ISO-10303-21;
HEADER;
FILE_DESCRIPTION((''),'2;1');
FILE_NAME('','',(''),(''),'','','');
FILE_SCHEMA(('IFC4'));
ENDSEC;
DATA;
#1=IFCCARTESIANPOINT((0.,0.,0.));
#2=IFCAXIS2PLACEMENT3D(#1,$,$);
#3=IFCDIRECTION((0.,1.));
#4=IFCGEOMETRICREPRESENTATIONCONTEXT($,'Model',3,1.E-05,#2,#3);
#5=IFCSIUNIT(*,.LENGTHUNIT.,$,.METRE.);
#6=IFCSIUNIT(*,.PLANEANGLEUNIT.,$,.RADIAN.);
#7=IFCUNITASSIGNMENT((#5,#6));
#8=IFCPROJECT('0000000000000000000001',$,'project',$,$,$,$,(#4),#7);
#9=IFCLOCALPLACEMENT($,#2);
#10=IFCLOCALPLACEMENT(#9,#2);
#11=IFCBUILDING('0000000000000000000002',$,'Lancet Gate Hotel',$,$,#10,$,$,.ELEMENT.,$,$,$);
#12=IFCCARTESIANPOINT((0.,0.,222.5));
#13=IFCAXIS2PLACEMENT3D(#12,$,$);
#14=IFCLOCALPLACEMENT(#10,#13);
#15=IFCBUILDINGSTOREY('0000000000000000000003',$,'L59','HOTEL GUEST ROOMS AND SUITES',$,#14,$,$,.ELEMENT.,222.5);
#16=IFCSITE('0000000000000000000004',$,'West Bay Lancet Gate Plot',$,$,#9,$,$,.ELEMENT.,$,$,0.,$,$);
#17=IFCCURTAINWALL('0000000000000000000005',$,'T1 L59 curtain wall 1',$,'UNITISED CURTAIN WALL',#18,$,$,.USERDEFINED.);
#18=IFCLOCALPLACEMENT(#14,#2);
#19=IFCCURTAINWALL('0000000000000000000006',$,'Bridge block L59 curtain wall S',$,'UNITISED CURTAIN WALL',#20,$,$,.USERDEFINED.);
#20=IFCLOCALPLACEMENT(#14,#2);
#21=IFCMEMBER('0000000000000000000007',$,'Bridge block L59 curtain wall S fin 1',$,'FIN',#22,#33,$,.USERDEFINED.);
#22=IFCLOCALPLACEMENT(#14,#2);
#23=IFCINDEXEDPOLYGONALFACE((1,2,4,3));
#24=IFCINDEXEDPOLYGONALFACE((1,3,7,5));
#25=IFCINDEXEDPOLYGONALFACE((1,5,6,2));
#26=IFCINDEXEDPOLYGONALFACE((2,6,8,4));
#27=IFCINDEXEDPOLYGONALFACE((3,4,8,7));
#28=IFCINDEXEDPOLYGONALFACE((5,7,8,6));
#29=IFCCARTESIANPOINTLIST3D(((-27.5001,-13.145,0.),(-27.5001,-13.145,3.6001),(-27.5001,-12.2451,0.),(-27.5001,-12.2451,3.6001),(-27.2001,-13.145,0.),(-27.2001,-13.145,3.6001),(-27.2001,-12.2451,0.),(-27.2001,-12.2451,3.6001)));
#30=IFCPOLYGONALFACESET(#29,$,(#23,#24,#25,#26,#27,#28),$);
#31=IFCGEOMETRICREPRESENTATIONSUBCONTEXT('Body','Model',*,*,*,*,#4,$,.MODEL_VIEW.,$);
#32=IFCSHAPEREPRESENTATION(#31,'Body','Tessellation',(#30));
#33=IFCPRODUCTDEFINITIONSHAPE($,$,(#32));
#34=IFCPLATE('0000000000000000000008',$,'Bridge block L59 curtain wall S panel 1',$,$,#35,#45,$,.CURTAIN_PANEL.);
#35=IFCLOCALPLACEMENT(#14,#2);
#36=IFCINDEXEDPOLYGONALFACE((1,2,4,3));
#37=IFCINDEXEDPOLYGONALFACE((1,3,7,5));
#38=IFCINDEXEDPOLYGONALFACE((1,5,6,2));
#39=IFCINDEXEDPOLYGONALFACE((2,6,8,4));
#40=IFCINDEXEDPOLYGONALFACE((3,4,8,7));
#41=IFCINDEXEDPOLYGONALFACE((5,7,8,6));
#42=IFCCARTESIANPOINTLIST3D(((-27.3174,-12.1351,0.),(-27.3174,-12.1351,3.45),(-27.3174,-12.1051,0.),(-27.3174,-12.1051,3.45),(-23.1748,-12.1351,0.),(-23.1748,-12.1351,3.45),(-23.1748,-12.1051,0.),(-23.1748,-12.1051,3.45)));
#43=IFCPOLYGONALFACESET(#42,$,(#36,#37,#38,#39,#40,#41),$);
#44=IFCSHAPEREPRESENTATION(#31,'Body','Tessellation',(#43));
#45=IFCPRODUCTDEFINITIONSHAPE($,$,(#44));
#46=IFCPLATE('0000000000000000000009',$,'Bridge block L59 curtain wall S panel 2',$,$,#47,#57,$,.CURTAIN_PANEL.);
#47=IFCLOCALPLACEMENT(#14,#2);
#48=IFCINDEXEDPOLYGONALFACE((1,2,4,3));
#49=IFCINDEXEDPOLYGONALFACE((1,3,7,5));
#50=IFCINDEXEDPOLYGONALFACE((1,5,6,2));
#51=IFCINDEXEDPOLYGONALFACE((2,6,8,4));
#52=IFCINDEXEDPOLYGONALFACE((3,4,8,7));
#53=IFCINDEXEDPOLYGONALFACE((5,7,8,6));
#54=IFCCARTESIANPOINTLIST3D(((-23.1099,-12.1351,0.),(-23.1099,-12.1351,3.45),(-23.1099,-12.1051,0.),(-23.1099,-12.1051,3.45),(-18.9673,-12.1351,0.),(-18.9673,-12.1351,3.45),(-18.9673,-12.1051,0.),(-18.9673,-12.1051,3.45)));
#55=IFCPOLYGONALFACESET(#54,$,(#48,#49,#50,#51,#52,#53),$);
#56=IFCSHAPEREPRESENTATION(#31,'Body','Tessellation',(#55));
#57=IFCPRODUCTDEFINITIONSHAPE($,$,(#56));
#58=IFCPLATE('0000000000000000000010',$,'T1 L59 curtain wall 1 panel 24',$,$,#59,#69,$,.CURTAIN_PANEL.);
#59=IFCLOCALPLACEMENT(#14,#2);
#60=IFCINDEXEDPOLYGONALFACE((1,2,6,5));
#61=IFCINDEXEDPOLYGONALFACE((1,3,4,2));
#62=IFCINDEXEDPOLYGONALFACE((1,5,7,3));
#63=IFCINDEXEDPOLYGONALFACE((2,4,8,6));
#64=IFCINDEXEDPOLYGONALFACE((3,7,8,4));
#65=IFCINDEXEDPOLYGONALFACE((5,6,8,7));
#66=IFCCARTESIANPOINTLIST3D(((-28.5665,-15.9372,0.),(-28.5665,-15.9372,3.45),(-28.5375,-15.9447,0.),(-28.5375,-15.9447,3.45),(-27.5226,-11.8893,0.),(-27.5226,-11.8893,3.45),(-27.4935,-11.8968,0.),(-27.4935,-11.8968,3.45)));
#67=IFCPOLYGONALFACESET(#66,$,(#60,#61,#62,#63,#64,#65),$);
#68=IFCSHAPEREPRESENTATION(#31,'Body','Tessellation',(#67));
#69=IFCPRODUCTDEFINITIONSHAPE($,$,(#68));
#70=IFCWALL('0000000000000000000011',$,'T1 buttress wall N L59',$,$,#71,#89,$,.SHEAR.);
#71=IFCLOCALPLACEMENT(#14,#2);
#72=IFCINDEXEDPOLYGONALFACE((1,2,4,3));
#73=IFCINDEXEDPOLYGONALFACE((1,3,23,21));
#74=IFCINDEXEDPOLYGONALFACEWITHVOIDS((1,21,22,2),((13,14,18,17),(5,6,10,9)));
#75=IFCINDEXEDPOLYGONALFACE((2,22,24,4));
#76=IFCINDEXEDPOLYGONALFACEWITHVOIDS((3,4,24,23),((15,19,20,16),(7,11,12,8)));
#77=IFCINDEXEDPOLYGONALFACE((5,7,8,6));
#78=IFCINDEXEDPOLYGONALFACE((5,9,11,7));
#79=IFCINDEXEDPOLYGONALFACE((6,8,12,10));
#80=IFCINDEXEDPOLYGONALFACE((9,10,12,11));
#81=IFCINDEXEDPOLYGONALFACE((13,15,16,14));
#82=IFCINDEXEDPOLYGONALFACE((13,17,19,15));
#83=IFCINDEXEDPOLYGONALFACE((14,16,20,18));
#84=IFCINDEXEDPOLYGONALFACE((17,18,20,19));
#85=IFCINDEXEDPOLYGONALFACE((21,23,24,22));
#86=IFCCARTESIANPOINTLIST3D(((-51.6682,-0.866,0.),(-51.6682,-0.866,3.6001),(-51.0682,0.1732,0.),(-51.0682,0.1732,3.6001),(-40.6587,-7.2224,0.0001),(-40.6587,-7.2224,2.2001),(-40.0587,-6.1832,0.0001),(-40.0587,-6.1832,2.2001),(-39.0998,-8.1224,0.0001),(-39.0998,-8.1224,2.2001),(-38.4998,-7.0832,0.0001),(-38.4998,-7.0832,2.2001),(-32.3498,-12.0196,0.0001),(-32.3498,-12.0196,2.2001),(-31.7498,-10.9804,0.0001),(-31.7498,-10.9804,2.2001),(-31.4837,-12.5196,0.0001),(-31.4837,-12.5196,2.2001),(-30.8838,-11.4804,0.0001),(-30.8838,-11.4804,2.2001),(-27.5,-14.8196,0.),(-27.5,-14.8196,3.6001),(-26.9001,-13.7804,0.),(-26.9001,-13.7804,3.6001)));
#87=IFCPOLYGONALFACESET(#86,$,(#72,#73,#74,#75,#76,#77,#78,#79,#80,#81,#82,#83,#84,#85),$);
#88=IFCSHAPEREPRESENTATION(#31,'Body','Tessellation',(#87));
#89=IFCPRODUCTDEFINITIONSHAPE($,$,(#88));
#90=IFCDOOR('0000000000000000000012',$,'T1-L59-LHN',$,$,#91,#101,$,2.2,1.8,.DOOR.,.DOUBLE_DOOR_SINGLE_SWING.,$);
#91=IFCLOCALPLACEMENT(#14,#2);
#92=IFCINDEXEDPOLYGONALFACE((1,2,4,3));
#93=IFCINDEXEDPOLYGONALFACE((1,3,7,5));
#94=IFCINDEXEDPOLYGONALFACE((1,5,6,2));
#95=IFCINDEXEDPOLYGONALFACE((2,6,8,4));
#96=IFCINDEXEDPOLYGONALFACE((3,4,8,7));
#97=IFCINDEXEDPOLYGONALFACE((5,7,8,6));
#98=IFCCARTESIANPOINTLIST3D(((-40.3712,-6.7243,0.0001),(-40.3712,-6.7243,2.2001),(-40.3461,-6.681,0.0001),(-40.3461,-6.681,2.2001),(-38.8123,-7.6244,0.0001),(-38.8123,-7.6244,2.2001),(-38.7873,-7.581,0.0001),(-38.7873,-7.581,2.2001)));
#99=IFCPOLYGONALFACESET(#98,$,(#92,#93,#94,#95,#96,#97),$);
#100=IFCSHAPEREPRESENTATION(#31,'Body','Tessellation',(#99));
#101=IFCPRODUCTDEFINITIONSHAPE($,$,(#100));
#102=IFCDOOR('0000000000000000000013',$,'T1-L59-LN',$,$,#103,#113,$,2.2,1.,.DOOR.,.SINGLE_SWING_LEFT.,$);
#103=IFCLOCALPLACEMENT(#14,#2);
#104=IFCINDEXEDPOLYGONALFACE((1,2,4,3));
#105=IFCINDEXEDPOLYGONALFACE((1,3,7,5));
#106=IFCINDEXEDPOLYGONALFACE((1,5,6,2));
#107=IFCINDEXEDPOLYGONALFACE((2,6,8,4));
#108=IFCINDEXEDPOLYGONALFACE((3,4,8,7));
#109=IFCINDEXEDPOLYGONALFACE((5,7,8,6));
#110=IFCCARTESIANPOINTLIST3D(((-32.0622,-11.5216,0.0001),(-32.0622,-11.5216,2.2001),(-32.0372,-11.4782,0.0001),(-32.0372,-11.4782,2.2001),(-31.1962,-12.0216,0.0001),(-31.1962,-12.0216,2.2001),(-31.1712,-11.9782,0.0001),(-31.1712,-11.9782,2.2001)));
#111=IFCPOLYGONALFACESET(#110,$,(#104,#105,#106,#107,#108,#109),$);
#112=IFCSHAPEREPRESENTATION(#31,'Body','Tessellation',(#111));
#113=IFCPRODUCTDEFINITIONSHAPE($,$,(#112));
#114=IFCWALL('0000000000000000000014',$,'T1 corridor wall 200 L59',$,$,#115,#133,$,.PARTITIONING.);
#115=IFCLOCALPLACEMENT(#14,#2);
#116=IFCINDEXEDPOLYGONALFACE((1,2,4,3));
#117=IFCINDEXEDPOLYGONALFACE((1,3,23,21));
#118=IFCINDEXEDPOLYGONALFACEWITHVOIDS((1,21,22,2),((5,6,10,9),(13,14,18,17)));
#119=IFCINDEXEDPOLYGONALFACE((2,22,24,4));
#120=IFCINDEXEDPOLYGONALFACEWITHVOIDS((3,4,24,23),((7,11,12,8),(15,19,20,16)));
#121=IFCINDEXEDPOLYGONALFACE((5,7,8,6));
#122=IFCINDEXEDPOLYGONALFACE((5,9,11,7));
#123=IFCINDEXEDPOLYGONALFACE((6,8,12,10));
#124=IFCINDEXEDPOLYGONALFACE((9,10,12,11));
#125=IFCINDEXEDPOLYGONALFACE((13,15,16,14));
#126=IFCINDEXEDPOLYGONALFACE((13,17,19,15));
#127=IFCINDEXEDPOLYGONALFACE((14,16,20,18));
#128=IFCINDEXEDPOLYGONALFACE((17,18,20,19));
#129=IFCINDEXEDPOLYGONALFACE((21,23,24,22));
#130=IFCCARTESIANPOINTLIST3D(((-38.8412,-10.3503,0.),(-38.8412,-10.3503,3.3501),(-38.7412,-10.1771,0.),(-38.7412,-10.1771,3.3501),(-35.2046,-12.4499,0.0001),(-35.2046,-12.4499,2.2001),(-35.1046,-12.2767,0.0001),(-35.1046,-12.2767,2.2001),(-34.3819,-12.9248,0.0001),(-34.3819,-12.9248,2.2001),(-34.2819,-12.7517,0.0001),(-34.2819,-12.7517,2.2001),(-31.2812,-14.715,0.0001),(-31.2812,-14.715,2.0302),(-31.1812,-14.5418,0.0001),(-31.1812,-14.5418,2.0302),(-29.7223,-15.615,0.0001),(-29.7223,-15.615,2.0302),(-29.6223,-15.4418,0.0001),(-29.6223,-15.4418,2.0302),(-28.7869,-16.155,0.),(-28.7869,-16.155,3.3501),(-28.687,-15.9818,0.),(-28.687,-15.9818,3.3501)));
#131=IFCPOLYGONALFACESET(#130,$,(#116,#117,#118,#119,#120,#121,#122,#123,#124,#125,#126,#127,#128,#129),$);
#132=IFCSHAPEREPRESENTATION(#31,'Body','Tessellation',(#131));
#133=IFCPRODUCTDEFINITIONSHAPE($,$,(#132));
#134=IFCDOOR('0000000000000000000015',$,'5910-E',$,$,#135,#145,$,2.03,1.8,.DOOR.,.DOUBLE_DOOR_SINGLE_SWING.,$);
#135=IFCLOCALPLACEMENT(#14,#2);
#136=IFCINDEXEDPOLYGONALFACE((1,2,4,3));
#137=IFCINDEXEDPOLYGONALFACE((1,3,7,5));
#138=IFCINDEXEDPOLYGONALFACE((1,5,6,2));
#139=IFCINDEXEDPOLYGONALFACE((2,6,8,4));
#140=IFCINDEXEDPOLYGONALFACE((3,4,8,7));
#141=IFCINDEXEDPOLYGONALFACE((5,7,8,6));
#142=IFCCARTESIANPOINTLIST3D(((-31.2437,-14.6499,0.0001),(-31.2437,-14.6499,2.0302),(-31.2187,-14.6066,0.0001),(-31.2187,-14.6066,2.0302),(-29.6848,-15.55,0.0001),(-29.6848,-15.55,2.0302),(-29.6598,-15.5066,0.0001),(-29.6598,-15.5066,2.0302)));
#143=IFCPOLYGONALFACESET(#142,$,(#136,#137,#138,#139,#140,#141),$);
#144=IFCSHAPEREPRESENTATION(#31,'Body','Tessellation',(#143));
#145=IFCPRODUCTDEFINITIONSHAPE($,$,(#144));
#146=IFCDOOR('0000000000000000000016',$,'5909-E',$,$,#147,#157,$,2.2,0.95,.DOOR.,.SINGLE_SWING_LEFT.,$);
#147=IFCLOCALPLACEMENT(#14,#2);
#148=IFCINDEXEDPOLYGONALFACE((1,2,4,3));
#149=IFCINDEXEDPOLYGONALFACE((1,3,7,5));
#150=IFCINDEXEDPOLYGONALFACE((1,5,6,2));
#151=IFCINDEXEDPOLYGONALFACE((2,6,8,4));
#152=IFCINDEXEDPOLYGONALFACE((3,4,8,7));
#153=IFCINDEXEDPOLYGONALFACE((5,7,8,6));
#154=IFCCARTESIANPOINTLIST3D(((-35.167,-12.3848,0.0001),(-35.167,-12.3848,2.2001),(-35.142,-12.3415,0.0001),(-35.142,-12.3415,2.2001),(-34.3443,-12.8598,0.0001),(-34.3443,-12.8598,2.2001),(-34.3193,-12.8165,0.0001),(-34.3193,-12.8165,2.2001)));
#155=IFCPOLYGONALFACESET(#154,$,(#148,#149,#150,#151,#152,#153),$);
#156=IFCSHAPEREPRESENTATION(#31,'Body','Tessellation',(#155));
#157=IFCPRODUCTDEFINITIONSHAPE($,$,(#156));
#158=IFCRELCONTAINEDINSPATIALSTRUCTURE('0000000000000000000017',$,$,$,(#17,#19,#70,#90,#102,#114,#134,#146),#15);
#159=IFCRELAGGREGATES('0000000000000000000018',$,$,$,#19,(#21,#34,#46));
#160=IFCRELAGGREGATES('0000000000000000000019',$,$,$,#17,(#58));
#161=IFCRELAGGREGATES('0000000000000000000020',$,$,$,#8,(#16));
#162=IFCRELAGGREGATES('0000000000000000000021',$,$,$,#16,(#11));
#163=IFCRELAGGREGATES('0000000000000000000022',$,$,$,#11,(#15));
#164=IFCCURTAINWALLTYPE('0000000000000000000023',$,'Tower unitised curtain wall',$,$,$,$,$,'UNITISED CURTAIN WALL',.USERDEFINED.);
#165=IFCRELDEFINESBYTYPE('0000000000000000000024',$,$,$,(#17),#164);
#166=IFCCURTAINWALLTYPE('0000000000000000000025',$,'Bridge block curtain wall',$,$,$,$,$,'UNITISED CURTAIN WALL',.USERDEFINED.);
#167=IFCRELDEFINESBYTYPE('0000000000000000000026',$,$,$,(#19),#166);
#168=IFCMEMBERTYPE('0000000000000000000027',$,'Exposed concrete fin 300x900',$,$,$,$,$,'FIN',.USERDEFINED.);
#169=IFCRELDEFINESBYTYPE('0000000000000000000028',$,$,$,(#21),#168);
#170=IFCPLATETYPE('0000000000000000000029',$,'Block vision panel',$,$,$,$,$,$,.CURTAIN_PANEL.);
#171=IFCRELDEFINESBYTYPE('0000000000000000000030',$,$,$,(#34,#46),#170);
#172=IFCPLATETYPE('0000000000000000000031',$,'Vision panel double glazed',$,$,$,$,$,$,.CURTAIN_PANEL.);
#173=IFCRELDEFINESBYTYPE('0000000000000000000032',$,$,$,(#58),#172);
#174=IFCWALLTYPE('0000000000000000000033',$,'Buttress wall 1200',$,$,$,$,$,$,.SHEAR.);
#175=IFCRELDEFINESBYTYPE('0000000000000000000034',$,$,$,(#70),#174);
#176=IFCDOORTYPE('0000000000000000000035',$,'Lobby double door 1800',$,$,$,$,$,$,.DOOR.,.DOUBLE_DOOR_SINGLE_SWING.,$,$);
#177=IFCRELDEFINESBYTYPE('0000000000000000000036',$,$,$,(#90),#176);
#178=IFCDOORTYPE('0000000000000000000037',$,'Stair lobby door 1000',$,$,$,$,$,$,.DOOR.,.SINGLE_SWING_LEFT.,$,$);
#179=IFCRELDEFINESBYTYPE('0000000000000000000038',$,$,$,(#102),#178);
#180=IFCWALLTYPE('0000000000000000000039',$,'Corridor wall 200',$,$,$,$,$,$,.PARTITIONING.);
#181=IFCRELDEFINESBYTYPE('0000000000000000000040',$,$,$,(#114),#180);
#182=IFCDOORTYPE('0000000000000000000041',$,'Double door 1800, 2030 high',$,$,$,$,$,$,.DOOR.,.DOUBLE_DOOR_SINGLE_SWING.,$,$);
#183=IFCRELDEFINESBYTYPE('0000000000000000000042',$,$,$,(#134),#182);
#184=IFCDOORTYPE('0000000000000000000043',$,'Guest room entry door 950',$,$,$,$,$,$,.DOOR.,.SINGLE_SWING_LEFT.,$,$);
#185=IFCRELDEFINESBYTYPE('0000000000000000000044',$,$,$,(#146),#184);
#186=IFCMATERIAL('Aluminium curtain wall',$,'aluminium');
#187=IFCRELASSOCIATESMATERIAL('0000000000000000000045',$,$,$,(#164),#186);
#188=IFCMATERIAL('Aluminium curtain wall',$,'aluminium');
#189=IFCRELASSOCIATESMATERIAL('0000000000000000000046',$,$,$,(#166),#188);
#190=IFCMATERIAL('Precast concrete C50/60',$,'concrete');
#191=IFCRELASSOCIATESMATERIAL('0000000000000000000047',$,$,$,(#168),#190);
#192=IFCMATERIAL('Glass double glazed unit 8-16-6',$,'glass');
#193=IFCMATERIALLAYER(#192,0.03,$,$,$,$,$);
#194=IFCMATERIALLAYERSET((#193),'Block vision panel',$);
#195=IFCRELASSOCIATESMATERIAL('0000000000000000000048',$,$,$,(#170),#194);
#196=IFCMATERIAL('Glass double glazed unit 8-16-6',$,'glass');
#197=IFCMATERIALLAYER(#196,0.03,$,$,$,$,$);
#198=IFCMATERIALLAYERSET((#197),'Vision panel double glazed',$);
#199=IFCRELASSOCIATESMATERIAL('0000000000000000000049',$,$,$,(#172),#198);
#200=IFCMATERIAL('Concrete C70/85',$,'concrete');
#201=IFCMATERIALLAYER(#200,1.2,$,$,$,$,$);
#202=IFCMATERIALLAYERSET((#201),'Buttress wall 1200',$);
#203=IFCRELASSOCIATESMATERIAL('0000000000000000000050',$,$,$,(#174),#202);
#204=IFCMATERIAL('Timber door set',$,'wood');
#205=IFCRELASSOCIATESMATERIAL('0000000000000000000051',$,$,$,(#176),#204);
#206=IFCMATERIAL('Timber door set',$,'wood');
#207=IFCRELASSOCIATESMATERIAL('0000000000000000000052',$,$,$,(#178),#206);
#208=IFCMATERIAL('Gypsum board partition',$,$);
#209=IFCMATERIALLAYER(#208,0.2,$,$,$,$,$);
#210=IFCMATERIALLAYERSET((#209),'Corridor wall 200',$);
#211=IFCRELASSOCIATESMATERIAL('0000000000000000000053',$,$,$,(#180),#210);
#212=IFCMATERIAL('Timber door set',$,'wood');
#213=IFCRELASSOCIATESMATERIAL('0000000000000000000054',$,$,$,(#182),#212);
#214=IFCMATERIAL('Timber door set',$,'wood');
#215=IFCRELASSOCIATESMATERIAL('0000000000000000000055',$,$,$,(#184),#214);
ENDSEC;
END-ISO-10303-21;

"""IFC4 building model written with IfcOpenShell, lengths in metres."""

from ifc_helpers import new_model, si_unit, direction, frame, frame_2d, origin, origin_2d, place, context, subcontext, project, spatial, rectangle, extrude, material, layer, layer_set, material_profile, profile_set, type_object, element, fill, aggregate, save


model = new_model("IFC4")

# Units and contexts
model_context = context("Model", 3, precision=1e-05, world=origin(), true_north=direction((0.0, 1.0)))
body_context = subcontext(model_context, "Body", "Model", "MODEL_VIEW")
ifc_project = project(units=[si_unit("LENGTHUNIT", "METRE"), si_unit("PLANEANGLEUNIT", "RADIAN")], contexts=[model_context])

# Site, building, storey
site_placement = place(None, origin())
site = spatial("IfcSite", under=ifc_project, at=site_placement, Name="West Bay Lancet Gate Plot", CompositionType="ELEMENT", RefElevation=0.0)
building_placement = place(site_placement, origin())
building = spatial("IfcBuilding", under=site, at=building_placement, Name="Lancet Gate Hotel", CompositionType="ELEMENT")
storey_placement = place(building_placement, frame((0.0, 0.0, 222.5)))
storey = spatial("IfcBuildingStorey", under=building, at=storey_placement, Name="L59", Description="HOTEL GUEST ROOMS AND SUITES", CompositionType="ELEMENT", Elevation=222.5)

# Curtain walls
ifc_material_1 = material(Name="Aluminium curtain wall", Category="aluminium")
curtain_wall_type_1 = type_object("IfcCurtainWallType", Name="Tower unitised curtain wall", ElementType="UNITISED CURTAIN WALL", PredefinedType="USERDEFINED", material=ifc_material_1)
curtain_wall_1_placement = place(storey_placement, origin())
curtain_wall_1 = element("IfcCurtainWall", 1, at=curtain_wall_1_placement, inside=storey, type_object=curtain_wall_type_1, Name="T1 L59 curtain wall 1", ObjectType="UNITISED CURTAIN WALL", PredefinedType="USERDEFINED")
ifc_material_2 = material(Name="Aluminium curtain wall", Category="aluminium")
curtain_wall_type_2 = type_object("IfcCurtainWallType", Name="Bridge block curtain wall", ElementType="UNITISED CURTAIN WALL", PredefinedType="USERDEFINED", material=ifc_material_2)
curtain_wall_2_placement = place(storey_placement, origin())
curtain_wall_2 = element("IfcCurtainWall", 2, at=curtain_wall_2_placement, inside=storey, type_object=curtain_wall_type_2, Name="Bridge block L59 curtain wall S", ObjectType="UNITISED CURTAIN WALL", PredefinedType="USERDEFINED")

# Member
ifc_material_3 = material(Name="Precast concrete C50/60", Category="concrete")
ifc_material_profile_1 = material_profile(ifc_material_3, rectangle(XDim=0.3, YDim=0.8999, at=origin_2d()), Name="FIN 300x900")
ifc_profile_set_1 = profile_set([ifc_material_profile_1], Name="Precast concrete C50/60")
member_type_1 = type_object("IfcMemberType", Name="Exposed concrete fin 300x900", ElementType="FIN", PredefinedType="USERDEFINED", material=ifc_profile_set_1)
member_1_placement = place(storey_placement, frame((-27.3501, -12.6951, 0.0), z_axis=(0.0, 0.0, 1.0), x_axis=(1.0, 0.0, 0.0)))
member_1 = element("IfcMember", 3, at=member_1_placement, type_object=member_type_1, Name="Bridge block L59 curtain wall S fin 1", ObjectType="FIN", PredefinedType="USERDEFINED", context=body_context, shape_type="SweptSolid", body=[
    extrude(rectangle(XDim=0.3, YDim=0.8999, at=origin_2d()), origin(), (0.0, 0.0, 1.0), 3.6001),
])

# Plates
ifc_material_4 = material(Name="Glass double glazed unit 8-16-6", Category="glass")
ifc_layer_1 = layer(ifc_material_4, 0.03)
ifc_layer_set_1 = layer_set([ifc_layer_1], Name="Block vision panel")
plate_type_1 = type_object("IfcPlateType", Name="Block vision panel", PredefinedType="CURTAIN_PANEL", material=ifc_layer_set_1)
plate_1_placement = place(storey_placement, frame((-25.2461, -12.1201, 0.0), z_axis=(0.0, 0.0, 1.0), x_axis=(1.0, 0.0, 0.0)))
plate_1 = element("IfcPlate", 4, at=plate_1_placement, type_object=plate_type_1, Name="Bridge block L59 curtain wall S panel 1", PredefinedType="CURTAIN_PANEL", context=body_context, shape_type="SweptSolid", body=[
    extrude(rectangle(XDim=4.1426, YDim=0.03, at=origin_2d()), origin(), (0.0, 0.0, 1.0), 3.45),
])
plate_2_placement = place(storey_placement, frame((-21.0386, -12.1201, 0.0), z_axis=(0.0, 0.0, 1.0), x_axis=(1.0, 0.0, 0.0)))
plate_2 = element("IfcPlate", 5, at=plate_2_placement, type_object=plate_type_1, Name="Bridge block L59 curtain wall S panel 2", PredefinedType="CURTAIN_PANEL", context=body_context, shape_type="SweptSolid", body=[
    extrude(rectangle(XDim=4.1426, YDim=0.03, at=origin_2d()), origin(), (0.0, 0.0, 1.0), 3.45),
])
aggregate(curtain_wall_2, [member_1, plate_1, plate_2])
ifc_material_5 = material(Name="Glass double glazed unit 8-16-6", Category="glass")
ifc_layer_2 = layer(ifc_material_5, 0.03)
ifc_layer_set_2 = layer_set([ifc_layer_2], Name="Vision panel double glazed")
plate_type_2 = type_object("IfcPlateType", Name="Vision panel double glazed", PredefinedType="CURTAIN_PANEL", material=ifc_layer_set_2)
plate_3_placement = place(storey_placement, frame((-28.03, -13.917, 0.0), z_axis=(0.0, 0.0, 1.0), x_axis=(0.249726, 0.968317, 0.0)))
plate_3 = element("IfcPlate", 6, at=plate_3_placement, type_object=plate_type_2, Name="T1 L59 curtain wall 1 panel 24", PredefinedType="CURTAIN_PANEL", context=body_context, shape_type="SweptSolid", body=[
    extrude(rectangle(XDim=4.1804, YDim=0.03, at=origin_2d()), origin(), (0.0, 0.0, 1.0), 3.45),
])
aggregate(curtain_wall_1, [plate_3])

# Walls, openings, doors
ifc_material_6 = material(Name="Concrete C70/85", Category="concrete")
ifc_layer_3 = layer(ifc_material_6, 1.2)
ifc_layer_set_3 = layer_set([ifc_layer_3], Name="Buttress wall 1200")
wall_type_1 = type_object("IfcWallType", Name="Buttress wall 1200", PredefinedType="SHEAR", material=ifc_layer_set_3)
wall_1_placement = place(storey_placement, frame((-27.2, -14.3, 0.0), z_axis=(0.0, 0.0, 1.0), x_axis=(-0.866024, 0.500002, 0.0)))
wall_1 = element("IfcWall", 7, at=wall_1_placement, inside=storey, type_object=wall_type_1, Name="T1 buttress wall N L59", PredefinedType="SHEAR", context=body_context, shape_type="SweptSolid", body=[
    extrude(rectangle(XDim=27.907, YDim=1.2, at=frame_2d((13.9536, 0.0))), origin(), (0.0, 0.0, 1.0), 3.6001),
])
opening_1_placement = place(wall_1_placement, frame((4.6001, 0.0, 0.0)))
opening_1 = element("IfcOpeningElement", 8, at=opening_1_placement, cuts=wall_1, PredefinedType="OPENING", context=body_context, shape_type="SweptSolid", body=[
    extrude(rectangle(XDim=1.0, YDim=2.2, at=frame_2d((0.5, 1.1001))), frame((0.0, 0.6099, 0.0), z_axis=(0.0, -1.0, 0.0), x_axis=(1.0, 0.0, 0.0)), (0.0, 0.0, 1.0), 1.22),
])
opening_2_placement = place(wall_1_placement, frame((13.3945, 0.0, 0.0)))
opening_2 = element("IfcOpeningElement", 9, at=opening_2_placement, cuts=wall_1, PredefinedType="OPENING", context=body_context, shape_type="SweptSolid", body=[
    extrude(rectangle(XDim=1.8, YDim=2.2, at=frame_2d((0.8999, 1.1001))), frame((0.0, 0.6099, 0.0), z_axis=(0.0, -1.0, 0.0), x_axis=(1.0, 0.0, 0.0)), (0.0, 0.0, 1.0), 1.22),
])
ifc_material_7 = material(Name="Timber door set", Category="wood")
door_type_1 = type_object("IfcDoorType", Name="Lobby double door 1800", OperationType="DOUBLE_DOOR_SINGLE_SWING", PredefinedType="DOOR", material=ifc_material_7)
door_1_placement = place(opening_2_placement, origin())
door_1 = element("IfcDoor", 10, at=door_1_placement, inside=storey, type_object=door_type_1, Name="T1-L59-LHN", OperationType="DOUBLE_DOOR_SINGLE_SWING", OverallHeight=2.2, OverallWidth=1.8, PredefinedType="DOOR", context=body_context, shape_type="SweptSolid", body=[
    extrude(rectangle(XDim=1.8, YDim=2.2, at=frame_2d((0.8999, 1.1001))), frame((0.0, 0.0249, 0.0), z_axis=(0.0, -1.0, 0.0), x_axis=(1.0, 0.0, 0.0)), (0.0, 0.0, 1.0), 0.05),
])
fill(opening_2, door_1)
ifc_material_8 = material(Name="Timber door set", Category="wood")
door_type_2 = type_object("IfcDoorType", Name="Stair lobby door 1000", OperationType="SINGLE_SWING_LEFT", PredefinedType="DOOR", material=ifc_material_8)
door_2_placement = place(opening_1_placement, origin())
door_2 = element("IfcDoor", 11, at=door_2_placement, inside=storey, type_object=door_type_2, Name="T1-L59-LN", OperationType="SINGLE_SWING_LEFT", OverallHeight=2.2, OverallWidth=1.0, PredefinedType="DOOR", context=body_context, shape_type="SweptSolid", body=[
    extrude(rectangle(XDim=1.0, YDim=2.2, at=frame_2d((0.5, 1.1001))), frame((0.0, 0.0249, 0.0), z_axis=(0.0, -1.0, 0.0), x_axis=(1.0, 0.0, 0.0)), (0.0, 0.0, 1.0), 0.05),
])
fill(opening_1, door_2)
ifc_material_9 = material(Name="Gypsum board partition")
ifc_layer_4 = layer(ifc_material_9, 0.2)
ifc_layer_set_4 = layer_set([ifc_layer_4], Name="Corridor wall 200")
wall_type_2 = type_object("IfcWallType", Name="Corridor wall 200", PredefinedType="PARTITIONING", material=ifc_layer_set_4)
wall_2_placement = place(storey_placement, frame((-28.7371, -16.0684, 0.0), z_axis=(0.0, 0.0, 1.0), x_axis=(-0.866029, 0.499993, 0.0)))
wall_2 = element("IfcWall", 12, at=wall_2_placement, inside=storey, type_object=wall_type_2, Name="T1 corridor wall 200 L59", PredefinedType="PARTITIONING", context=body_context, shape_type="SweptSolid", body=[
    extrude(rectangle(XDim=11.6096, YDim=0.2, at=frame_2d((5.8047, 0.0))), origin(), (0.0, 0.0, 1.0), 3.3501),
])
opening_3_placement = place(wall_2_placement, frame((1.0801, 0.0, 0.0)))
opening_3 = element("IfcOpeningElement", 13, at=opening_3_placement, cuts=wall_2, PredefinedType="OPENING", context=body_context, shape_type="SweptSolid", body=[
    extrude(rectangle(XDim=1.8, YDim=2.03, at=frame_2d((0.8999, 1.0151))), frame((0.0, 0.1099, 0.0), z_axis=(0.0, -1.0, 0.0), x_axis=(1.0, 0.0, 0.0)), (0.0, 0.0, 1.0), 0.22),
])
opening_4_placement = place(wall_2_placement, frame((6.4602, 0.0, 0.0)))
opening_4 = element("IfcOpeningElement", 14, at=opening_4_placement, cuts=wall_2, PredefinedType="OPENING", context=body_context, shape_type="SweptSolid", body=[
    extrude(rectangle(XDim=0.95, YDim=2.2, at=frame_2d((0.4751, 1.1001))), frame((0.0, 0.1099, 0.0), z_axis=(0.0, -1.0, 0.0), x_axis=(1.0, 0.0, 0.0)), (0.0, 0.0, 1.0), 0.22),
])
ifc_material_10 = material(Name="Timber door set", Category="wood")
door_type_3 = type_object("IfcDoorType", Name="Double door 1800, 2030 high", OperationType="DOUBLE_DOOR_SINGLE_SWING", PredefinedType="DOOR", material=ifc_material_10)
door_3_placement = place(opening_3_placement, origin())
door_3 = element("IfcDoor", 15, at=door_3_placement, inside=storey, type_object=door_type_3, Name="5910-E", OperationType="DOUBLE_DOOR_SINGLE_SWING", OverallHeight=2.03, OverallWidth=1.8, PredefinedType="DOOR", context=body_context, shape_type="SweptSolid", body=[
    extrude(rectangle(XDim=1.8, YDim=2.03, at=frame_2d((0.8999, 1.0151))), frame((0.0, 0.0249, 0.0), z_axis=(0.0, -1.0, 0.0), x_axis=(1.0, 0.0, 0.0)), (0.0, 0.0, 1.0), 0.05),
])
fill(opening_3, door_3)
ifc_material_11 = material(Name="Timber door set", Category="wood")
door_type_4 = type_object("IfcDoorType", Name="Guest room entry door 950", OperationType="SINGLE_SWING_LEFT", PredefinedType="DOOR", material=ifc_material_11)
door_4_placement = place(opening_4_placement, origin())
door_4 = element("IfcDoor", 16, at=door_4_placement, inside=storey, type_object=door_type_4, Name="5909-E", OperationType="SINGLE_SWING_LEFT", OverallHeight=2.2, OverallWidth=0.95, PredefinedType="DOOR", context=body_context, shape_type="SweptSolid", body=[
    extrude(rectangle(XDim=0.95, YDim=2.2, at=frame_2d((0.4751, 1.1001))), frame((0.0, 0.0249, 0.0), z_axis=(0.0, -1.0, 0.0), x_axis=(1.0, 0.0, 0.0)), (0.0, 0.0, 1.0), 0.05),
])
fill(opening_4, door_4)

save(model, "model.ifc")
